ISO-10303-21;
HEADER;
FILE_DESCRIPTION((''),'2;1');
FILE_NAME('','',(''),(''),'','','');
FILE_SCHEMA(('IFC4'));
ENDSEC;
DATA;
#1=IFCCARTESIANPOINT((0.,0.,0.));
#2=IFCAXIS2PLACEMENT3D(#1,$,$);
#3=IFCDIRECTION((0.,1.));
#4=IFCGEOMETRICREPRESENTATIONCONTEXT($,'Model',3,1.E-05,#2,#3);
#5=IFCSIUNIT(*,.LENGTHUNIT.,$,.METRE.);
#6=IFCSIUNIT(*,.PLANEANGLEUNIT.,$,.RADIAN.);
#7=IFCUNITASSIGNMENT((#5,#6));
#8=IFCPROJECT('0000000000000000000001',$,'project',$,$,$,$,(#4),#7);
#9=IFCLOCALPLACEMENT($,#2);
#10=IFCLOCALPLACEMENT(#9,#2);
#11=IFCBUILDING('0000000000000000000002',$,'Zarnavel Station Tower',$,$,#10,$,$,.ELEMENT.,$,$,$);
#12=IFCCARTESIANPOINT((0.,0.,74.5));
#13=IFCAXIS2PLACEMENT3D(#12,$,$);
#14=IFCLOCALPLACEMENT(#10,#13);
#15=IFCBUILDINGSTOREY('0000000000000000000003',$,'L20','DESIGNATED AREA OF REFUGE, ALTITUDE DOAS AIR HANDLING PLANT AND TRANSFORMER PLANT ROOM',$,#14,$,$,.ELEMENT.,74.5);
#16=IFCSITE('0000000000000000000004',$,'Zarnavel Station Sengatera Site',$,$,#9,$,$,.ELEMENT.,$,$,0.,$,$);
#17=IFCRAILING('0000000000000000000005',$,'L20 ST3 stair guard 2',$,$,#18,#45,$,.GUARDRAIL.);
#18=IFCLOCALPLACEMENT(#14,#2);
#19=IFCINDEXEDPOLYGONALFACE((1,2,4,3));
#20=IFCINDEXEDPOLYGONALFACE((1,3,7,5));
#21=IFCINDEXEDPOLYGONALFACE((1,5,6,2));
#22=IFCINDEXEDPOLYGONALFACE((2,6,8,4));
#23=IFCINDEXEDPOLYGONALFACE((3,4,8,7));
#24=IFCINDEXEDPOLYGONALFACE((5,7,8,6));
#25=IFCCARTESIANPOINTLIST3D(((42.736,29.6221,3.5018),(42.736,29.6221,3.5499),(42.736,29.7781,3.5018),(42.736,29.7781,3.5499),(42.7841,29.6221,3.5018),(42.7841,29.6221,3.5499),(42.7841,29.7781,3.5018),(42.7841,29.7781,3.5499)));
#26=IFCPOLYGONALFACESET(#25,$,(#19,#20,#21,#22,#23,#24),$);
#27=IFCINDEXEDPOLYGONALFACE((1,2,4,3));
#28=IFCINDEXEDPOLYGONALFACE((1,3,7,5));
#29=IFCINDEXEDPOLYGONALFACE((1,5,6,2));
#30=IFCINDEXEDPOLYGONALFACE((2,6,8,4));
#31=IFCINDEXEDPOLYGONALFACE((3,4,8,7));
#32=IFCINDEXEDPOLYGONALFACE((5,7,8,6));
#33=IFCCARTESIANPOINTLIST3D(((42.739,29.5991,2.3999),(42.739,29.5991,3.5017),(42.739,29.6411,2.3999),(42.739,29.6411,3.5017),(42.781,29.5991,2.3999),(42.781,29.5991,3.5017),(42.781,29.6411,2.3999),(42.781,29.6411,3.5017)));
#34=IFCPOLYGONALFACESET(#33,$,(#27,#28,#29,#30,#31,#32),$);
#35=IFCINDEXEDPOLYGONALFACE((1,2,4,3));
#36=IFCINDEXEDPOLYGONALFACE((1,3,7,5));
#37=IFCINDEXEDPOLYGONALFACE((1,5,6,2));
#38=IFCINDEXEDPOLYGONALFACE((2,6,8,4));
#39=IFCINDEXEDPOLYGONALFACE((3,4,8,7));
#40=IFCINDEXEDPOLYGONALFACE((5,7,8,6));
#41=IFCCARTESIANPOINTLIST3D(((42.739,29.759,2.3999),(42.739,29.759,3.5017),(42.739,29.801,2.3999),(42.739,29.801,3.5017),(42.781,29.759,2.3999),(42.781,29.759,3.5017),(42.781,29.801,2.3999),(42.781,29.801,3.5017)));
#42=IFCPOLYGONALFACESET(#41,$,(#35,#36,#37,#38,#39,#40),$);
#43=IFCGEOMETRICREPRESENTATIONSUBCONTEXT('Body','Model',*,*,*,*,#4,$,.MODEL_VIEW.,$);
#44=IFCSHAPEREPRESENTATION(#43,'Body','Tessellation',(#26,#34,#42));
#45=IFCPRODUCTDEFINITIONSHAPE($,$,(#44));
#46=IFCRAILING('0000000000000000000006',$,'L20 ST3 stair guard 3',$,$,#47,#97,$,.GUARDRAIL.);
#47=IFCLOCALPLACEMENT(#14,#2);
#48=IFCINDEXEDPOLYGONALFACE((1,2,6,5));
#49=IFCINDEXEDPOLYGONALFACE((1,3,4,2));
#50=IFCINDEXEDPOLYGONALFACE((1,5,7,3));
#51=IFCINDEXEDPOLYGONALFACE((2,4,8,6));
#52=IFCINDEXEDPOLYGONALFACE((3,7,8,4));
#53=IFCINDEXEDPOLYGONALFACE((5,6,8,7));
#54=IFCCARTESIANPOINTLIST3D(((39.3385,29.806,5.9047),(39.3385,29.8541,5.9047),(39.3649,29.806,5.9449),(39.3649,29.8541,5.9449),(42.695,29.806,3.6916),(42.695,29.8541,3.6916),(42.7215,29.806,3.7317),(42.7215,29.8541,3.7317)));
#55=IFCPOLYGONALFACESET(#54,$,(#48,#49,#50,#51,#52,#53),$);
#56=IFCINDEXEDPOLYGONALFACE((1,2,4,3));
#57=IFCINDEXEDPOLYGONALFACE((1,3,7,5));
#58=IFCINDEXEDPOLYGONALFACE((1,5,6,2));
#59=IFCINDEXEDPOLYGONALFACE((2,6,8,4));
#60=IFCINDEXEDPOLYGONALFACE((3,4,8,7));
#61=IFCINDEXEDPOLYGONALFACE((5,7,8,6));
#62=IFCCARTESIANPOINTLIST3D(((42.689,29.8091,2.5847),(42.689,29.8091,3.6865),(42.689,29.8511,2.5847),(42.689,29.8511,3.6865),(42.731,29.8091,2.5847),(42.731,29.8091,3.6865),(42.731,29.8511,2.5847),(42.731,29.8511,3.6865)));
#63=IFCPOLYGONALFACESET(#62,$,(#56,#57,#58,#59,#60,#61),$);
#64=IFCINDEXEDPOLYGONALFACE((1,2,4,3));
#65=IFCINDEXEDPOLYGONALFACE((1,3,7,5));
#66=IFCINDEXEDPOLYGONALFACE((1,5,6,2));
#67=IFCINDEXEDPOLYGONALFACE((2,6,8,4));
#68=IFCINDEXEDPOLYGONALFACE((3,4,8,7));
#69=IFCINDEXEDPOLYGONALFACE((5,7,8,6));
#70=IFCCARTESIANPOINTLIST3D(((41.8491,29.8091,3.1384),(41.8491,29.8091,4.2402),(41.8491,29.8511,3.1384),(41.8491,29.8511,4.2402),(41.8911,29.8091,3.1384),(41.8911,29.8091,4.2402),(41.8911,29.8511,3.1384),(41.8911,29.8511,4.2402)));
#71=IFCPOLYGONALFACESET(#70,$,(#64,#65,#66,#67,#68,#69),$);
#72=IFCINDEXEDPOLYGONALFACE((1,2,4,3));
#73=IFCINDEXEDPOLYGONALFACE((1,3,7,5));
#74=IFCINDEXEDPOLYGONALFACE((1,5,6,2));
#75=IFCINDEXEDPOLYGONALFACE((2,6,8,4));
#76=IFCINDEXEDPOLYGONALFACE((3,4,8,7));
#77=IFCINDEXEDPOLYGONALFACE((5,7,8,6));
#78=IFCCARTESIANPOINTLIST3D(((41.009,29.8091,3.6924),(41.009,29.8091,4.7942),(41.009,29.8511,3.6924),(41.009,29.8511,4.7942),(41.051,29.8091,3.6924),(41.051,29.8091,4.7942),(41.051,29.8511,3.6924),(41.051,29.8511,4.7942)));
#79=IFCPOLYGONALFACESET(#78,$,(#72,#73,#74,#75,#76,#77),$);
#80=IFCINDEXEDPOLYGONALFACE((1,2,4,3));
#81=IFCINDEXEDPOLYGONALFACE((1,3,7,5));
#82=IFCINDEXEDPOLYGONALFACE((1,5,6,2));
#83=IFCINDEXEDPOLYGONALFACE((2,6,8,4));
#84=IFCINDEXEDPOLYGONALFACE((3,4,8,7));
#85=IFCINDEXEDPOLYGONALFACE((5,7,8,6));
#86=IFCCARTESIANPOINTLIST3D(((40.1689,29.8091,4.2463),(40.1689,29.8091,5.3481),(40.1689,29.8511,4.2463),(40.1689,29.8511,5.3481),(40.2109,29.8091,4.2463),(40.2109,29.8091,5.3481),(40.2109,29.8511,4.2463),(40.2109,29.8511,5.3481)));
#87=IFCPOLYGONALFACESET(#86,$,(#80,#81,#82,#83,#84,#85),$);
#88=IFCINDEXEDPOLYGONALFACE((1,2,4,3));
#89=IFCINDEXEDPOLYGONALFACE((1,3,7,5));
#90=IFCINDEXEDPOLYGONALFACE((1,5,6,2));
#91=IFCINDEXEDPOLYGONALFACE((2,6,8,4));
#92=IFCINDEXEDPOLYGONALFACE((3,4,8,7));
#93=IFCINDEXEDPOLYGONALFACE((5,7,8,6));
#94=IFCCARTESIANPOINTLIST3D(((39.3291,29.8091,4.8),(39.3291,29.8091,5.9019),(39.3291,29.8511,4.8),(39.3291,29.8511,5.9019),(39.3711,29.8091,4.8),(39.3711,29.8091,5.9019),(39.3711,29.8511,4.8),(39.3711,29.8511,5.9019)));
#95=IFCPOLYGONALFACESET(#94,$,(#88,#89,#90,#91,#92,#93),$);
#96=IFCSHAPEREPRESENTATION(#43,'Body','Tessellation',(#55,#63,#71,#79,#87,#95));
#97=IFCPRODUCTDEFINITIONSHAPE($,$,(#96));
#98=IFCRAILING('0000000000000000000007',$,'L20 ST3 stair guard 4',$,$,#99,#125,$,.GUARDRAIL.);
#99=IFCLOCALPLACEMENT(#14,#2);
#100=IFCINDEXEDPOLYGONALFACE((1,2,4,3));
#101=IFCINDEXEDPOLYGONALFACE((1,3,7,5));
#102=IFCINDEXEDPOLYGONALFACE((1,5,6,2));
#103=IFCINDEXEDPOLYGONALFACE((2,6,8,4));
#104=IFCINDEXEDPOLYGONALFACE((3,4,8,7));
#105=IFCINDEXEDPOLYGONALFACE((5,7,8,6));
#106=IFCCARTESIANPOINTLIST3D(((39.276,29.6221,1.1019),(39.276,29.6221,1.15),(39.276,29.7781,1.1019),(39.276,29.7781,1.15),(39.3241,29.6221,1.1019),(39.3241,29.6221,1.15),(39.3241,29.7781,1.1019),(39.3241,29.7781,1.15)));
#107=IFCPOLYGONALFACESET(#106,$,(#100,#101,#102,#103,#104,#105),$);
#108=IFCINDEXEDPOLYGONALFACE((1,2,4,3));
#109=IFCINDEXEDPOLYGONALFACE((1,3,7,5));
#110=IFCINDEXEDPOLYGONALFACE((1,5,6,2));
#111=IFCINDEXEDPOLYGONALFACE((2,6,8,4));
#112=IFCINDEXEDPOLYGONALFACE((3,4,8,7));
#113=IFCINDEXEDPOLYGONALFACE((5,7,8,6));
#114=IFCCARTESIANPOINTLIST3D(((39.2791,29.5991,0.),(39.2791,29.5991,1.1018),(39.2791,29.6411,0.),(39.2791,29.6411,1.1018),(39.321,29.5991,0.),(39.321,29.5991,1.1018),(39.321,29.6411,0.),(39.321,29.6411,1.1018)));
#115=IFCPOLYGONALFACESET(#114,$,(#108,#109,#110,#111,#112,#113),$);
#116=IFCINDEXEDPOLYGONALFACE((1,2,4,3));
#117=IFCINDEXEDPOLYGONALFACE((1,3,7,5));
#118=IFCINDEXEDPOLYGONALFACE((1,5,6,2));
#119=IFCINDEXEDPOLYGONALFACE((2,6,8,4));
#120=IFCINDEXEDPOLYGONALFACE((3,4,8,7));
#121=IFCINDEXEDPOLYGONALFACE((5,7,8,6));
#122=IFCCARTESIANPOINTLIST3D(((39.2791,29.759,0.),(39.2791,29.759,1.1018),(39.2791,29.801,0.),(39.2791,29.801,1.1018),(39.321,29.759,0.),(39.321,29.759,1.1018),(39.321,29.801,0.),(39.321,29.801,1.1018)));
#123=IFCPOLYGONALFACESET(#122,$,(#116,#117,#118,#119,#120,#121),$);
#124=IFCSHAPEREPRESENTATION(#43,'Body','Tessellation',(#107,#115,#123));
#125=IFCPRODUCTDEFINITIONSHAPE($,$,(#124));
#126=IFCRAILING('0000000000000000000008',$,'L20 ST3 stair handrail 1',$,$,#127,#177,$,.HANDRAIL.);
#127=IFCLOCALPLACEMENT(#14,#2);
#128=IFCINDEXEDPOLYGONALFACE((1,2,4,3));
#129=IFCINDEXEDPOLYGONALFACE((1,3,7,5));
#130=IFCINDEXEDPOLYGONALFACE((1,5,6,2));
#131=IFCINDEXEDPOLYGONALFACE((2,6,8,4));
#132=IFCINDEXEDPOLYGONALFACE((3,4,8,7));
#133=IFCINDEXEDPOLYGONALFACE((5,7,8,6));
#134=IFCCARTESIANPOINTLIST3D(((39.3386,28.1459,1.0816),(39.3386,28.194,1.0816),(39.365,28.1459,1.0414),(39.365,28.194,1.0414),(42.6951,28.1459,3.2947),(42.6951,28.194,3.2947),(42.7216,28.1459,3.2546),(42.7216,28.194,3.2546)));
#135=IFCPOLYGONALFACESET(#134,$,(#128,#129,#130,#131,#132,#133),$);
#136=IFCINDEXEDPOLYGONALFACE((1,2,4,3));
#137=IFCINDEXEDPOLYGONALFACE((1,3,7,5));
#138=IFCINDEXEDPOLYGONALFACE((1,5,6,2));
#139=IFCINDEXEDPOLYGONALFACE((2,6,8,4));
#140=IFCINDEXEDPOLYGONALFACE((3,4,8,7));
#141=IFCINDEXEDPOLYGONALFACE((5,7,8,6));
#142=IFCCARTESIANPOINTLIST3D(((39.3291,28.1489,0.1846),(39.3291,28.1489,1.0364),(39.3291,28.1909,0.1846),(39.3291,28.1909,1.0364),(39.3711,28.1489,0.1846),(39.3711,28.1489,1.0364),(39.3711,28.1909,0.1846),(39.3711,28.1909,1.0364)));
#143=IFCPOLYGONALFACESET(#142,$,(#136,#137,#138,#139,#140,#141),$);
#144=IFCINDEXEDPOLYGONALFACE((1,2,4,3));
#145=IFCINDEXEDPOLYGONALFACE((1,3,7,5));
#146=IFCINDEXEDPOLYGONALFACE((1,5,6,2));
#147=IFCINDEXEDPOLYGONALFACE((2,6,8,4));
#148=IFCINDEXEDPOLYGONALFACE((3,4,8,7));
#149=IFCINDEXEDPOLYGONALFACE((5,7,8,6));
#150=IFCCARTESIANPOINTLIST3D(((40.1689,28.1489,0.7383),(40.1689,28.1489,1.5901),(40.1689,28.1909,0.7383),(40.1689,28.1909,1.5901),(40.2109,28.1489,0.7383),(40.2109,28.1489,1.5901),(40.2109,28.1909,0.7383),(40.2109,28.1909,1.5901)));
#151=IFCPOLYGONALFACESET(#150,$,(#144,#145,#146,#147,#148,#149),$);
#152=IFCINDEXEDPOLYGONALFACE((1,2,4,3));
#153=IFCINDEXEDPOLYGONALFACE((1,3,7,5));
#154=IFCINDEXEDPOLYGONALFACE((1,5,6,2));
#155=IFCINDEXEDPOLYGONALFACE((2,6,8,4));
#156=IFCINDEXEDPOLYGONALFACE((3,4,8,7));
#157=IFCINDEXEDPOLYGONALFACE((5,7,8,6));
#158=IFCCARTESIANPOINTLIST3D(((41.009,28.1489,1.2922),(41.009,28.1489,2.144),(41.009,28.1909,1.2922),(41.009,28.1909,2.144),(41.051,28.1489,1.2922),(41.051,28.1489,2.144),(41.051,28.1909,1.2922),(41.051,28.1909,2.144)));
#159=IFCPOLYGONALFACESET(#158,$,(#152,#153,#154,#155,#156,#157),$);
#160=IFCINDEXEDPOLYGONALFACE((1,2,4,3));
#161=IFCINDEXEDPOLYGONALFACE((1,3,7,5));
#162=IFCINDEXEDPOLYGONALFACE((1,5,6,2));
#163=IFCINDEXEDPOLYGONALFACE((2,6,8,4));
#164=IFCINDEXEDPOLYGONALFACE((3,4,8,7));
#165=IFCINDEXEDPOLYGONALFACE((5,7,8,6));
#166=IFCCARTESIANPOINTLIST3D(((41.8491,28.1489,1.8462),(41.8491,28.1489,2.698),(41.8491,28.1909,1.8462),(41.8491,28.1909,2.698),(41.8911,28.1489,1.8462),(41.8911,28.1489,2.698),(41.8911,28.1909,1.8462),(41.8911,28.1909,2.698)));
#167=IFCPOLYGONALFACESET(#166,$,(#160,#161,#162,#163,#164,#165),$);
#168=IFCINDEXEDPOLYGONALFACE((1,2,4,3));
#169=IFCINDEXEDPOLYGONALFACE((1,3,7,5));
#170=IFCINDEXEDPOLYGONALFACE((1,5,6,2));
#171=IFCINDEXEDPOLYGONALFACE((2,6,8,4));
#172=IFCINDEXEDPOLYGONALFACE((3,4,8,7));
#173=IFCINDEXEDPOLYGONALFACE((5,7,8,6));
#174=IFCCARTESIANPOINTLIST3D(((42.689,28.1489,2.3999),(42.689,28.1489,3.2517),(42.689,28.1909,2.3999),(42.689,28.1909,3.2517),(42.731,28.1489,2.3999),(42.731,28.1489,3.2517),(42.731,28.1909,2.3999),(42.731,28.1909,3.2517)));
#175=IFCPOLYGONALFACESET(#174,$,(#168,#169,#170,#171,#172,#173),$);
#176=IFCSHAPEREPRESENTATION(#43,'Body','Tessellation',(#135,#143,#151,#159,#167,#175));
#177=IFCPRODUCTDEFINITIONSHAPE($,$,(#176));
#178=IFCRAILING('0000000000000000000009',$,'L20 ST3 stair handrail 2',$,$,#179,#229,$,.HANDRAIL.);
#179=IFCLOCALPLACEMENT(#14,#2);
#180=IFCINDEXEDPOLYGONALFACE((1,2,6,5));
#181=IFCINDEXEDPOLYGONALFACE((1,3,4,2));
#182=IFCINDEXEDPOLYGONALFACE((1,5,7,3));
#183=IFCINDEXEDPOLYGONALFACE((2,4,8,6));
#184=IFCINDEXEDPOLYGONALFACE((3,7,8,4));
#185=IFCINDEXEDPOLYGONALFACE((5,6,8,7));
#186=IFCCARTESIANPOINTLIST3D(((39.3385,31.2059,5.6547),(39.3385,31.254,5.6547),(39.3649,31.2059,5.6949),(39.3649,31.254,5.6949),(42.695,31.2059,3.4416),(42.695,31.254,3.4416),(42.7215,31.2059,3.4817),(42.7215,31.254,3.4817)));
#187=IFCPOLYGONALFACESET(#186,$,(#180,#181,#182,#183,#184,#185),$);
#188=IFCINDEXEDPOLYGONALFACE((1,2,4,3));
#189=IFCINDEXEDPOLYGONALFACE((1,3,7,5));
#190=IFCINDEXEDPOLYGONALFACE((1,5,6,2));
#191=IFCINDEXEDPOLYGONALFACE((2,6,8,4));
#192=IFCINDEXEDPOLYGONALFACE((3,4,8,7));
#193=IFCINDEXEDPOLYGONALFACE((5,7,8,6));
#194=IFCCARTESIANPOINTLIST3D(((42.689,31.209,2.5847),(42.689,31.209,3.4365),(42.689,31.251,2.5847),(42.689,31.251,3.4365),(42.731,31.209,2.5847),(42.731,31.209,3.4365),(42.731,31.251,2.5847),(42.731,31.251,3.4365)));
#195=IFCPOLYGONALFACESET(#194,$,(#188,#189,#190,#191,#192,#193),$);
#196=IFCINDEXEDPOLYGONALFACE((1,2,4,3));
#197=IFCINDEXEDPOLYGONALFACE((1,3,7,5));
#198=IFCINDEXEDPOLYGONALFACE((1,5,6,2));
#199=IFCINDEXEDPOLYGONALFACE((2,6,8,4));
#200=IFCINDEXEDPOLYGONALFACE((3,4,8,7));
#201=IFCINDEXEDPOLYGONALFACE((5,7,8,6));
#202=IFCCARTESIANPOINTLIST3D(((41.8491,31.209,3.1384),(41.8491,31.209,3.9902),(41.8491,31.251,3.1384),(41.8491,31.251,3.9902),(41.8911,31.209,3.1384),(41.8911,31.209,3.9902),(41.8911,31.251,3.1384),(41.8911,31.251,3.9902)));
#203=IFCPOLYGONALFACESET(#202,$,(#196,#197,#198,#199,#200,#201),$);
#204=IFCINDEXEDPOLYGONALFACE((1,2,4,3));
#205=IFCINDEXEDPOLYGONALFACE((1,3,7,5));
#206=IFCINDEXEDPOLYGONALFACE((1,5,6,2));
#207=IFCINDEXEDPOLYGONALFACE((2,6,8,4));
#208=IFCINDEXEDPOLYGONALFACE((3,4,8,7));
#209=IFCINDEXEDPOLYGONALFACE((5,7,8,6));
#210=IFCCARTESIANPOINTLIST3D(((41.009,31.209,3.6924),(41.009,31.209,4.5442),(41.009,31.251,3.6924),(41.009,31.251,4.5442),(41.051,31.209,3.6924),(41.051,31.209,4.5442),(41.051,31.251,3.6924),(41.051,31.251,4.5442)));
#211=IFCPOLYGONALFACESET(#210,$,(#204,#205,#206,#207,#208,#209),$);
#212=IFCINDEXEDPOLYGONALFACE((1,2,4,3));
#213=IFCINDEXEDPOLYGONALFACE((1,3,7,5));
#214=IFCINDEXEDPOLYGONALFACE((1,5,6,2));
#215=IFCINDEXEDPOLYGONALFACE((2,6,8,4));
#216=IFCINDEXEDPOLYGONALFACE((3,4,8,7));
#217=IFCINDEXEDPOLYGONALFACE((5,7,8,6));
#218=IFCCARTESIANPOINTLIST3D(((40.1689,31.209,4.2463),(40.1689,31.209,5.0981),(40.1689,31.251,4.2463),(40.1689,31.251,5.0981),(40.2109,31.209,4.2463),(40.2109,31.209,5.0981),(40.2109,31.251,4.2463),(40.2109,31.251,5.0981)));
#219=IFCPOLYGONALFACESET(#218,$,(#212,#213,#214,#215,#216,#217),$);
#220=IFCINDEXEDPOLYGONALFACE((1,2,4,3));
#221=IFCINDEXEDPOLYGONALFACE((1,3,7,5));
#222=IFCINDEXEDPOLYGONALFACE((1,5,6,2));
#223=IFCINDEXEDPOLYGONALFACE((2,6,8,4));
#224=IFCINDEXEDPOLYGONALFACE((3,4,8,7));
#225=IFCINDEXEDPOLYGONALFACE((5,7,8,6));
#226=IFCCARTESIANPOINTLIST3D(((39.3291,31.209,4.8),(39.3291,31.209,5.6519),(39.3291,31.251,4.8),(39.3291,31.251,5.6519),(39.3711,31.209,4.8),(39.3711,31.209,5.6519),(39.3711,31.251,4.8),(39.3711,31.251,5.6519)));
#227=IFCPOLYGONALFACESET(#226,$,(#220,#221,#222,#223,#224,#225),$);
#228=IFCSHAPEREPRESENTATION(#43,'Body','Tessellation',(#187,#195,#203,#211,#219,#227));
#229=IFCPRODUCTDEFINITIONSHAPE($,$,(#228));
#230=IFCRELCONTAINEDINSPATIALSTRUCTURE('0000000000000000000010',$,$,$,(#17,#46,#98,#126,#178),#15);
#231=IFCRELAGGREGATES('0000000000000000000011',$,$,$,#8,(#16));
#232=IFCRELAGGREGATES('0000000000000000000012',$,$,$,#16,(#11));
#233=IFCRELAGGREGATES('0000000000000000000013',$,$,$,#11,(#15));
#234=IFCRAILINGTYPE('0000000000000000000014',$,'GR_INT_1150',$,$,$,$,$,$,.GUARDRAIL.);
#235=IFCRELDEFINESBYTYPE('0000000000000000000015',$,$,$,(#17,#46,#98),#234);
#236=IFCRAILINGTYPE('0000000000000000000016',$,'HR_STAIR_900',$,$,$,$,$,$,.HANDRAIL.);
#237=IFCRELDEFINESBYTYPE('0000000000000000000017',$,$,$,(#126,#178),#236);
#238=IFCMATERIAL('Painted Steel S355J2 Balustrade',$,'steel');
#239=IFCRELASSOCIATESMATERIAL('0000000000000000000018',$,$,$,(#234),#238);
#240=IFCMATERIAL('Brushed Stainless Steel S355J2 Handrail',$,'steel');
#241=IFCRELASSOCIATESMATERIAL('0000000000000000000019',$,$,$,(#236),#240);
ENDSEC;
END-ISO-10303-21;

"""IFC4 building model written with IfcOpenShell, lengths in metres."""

from ifc_helpers import new_model, si_unit, direction, frame, origin, origin_2d, place, context, subcontext, project, spatial, rectangle, extrude, material, type_object, element, save


model = new_model("IFC4")

# Units and contexts
model_context = context("Model", 3, precision=1e-05, world=origin(), true_north=direction((0.0, 1.0)))
body_context = subcontext(model_context, "Body", "Model", "MODEL_VIEW")
ifc_project = project(units=[si_unit("LENGTHUNIT", "METRE"), si_unit("PLANEANGLEUNIT", "RADIAN")], contexts=[model_context])

# Site, building, storey
site_placement = place(None, origin())
site = spatial("IfcSite", under=ifc_project, at=site_placement, Name="Zarnavel Station Sengatera Site", CompositionType="ELEMENT", RefElevation=0.0)
building_placement = place(site_placement, origin())
building = spatial("IfcBuilding", under=site, at=building_placement, Name="Zarnavel Station Tower", CompositionType="ELEMENT")
storey_placement = place(building_placement, frame((0.0, 0.0, 74.5)))
storey = spatial("IfcBuildingStorey", under=building, at=storey_placement, Name="L20", Description="DESIGNATED AREA OF REFUGE, ALTITUDE DOAS AIR HANDLING PLANT AND TRANSFORMER PLANT ROOM", CompositionType="ELEMENT", Elevation=74.5)

# Railings
ifc_material_1 = material(Name="Painted Steel S355J2 Balustrade", Category="steel")
railing_type_1 = type_object("IfcRailingType", Name="GR_INT_1150", PredefinedType="GUARDRAIL", material=ifc_material_1)
railing_1_placement = place(storey_placement, frame((42.76, 29.6201, 2.3999)))
element("IfcRailing", 1, at=railing_1_placement, inside=storey, type_object=railing_type_1, Name="L20 ST3 stair guard 2", PredefinedType="GUARDRAIL", context=body_context, shape_type="SweptSolid", body=[
    extrude(rectangle(XDim=0.0481, YDim=0.0481, at=origin_2d()), frame((0.0, 0.002, 1.126), z_axis=(0.0, 1.0, 0.0), x_axis=(-1.0, 0.0, 0.0)), (0.0, 0.0, 1.0), 0.156),
    extrude(rectangle(XDim=0.042, YDim=0.042, at=origin_2d()), origin(), (0.0, 0.0, 1.0), 1.1018),
    extrude(rectangle(XDim=0.042, YDim=0.042, at=origin_2d()), frame((0.0, 0.1599, 0.0)), (0.0, 0.0, 1.0), 1.1018),
])
railing_2_placement = place(storey_placement, frame((42.71, 29.8301, 2.5847)))
element("IfcRailing", 2, at=railing_2_placement, inside=storey, type_object=railing_type_1, Name="L20 ST3 stair guard 3", PredefinedType="GUARDRAIL", context=body_context, shape_type="SweptSolid", body=[
    extrude(rectangle(XDim=0.0481, YDim=0.0481, at=origin_2d()), frame((-0.0017, 0.0, 1.127), z_axis=(-0.834858, 0.0, 0.550465), x_axis=(0.0, -1.0, 0.0)), (0.0, 0.0, 1.0), 4.0205),
    extrude(rectangle(XDim=0.042, YDim=0.042, at=origin_2d()), origin(), (0.0, 0.0, 1.0), 1.1018),
    extrude(rectangle(XDim=0.042, YDim=0.042, at=origin_2d()), frame((-0.8398, 0.0, 0.5537)), (0.0, 0.0, 1.0), 1.1018),
    extrude(rectangle(XDim=0.042, YDim=0.042, at=origin_2d()), frame((-1.6799, 0.0, 1.1077)), (0.0, 0.0, 1.0), 1.1018),
    extrude(rectangle(XDim=0.042, YDim=0.042, at=origin_2d()), frame((-2.52, 0.0, 1.6616)), (0.0, 0.0, 1.0), 1.1018),
    extrude(rectangle(XDim=0.042, YDim=0.042, at=origin_2d()), frame((-3.3599, 0.0, 2.2153)), (0.0, 0.0, 1.0), 1.1018),
])
railing_3_placement = place(storey_placement, frame((39.3, 29.6201, 0.0)))
element("IfcRailing", 3, at=railing_3_placement, inside=storey, type_object=railing_type_1, Name="L20 ST3 stair guard 4", PredefinedType="GUARDRAIL", context=body_context, shape_type="SweptSolid", body=[
    extrude(rectangle(XDim=0.0481, YDim=0.0481, at=origin_2d()), frame((0.0, 0.002, 1.126), z_axis=(0.0, 1.0, 0.0), x_axis=(-1.0, 0.0, 0.0)), (0.0, 0.0, 1.0), 0.156),
    extrude(rectangle(XDim=0.042, YDim=0.042, at=origin_2d()), origin(), (0.0, 0.0, 1.0), 1.1018),
    extrude(rectangle(XDim=0.042, YDim=0.042, at=origin_2d()), frame((0.0, 0.1599, 0.0)), (0.0, 0.0, 1.0), 1.1018),
])
ifc_material_2 = material(Name="Brushed Stainless Steel S355J2 Handrail", Category="steel")
railing_type_2 = type_object("IfcRailingType", Name="HR_STAIR_900", PredefinedType="HANDRAIL", material=ifc_material_2)
railing_4_placement = place(storey_placement, frame((39.3501, 28.1699, 0.1846)))
element("IfcRailing", 4, at=railing_4_placement, inside=storey, type_object=railing_type_2, Name="L20 ST3 stair handrail 1", PredefinedType="HANDRAIL", context=body_context, shape_type="SweptSolid", body=[
    extrude(rectangle(XDim=0.0481, YDim=0.0481, at=origin_2d()), frame((0.0017, 0.0, 0.877), z_axis=(0.834858, 0.0, 0.550465), x_axis=(0.0, 1.0, 0.0)), (0.0, 0.0, 1.0), 4.0205),
    extrude(rectangle(XDim=0.042, YDim=0.042, at=origin_2d()), origin(), (0.0, 0.0, 1.0), 0.8518),
    extrude(rectangle(XDim=0.042, YDim=0.042, at=origin_2d()), frame((0.8398, 0.0, 0.5537)), (0.0, 0.0, 1.0), 0.8518),
    extrude(rectangle(XDim=0.042, YDim=0.042, at=origin_2d()), frame((1.6799, 0.0, 1.1077)), (0.0, 0.0, 1.0), 0.8518),
    extrude(rectangle(XDim=0.042, YDim=0.042, at=origin_2d()), frame((2.52, 0.0, 1.6616)), (0.0, 0.0, 1.0), 0.8518),
    extrude(rectangle(XDim=0.042, YDim=0.042, at=origin_2d()), frame((3.3599, 0.0, 2.2153)), (0.0, 0.0, 1.0), 0.8518),
])
railing_5_placement = place(storey_placement, frame((42.71, 31.23, 2.5847)))
element("IfcRailing", 5, at=railing_5_placement, inside=storey, type_object=railing_type_2, Name="L20 ST3 stair handrail 2", PredefinedType="HANDRAIL", context=body_context, shape_type="SweptSolid", body=[
    extrude(rectangle(XDim=0.0481, YDim=0.0481, at=origin_2d()), frame((-0.0017, 0.0, 0.877), z_axis=(-0.834858, 0.0, 0.550465), x_axis=(0.0, -1.0, 0.0)), (0.0, 0.0, 1.0), 4.0205),
    extrude(rectangle(XDim=0.042, YDim=0.042, at=origin_2d()), origin(), (0.0, 0.0, 1.0), 0.8518),
    extrude(rectangle(XDim=0.042, YDim=0.042, at=origin_2d()), frame((-0.8398, 0.0, 0.5537)), (0.0, 0.0, 1.0), 0.8518),
    extrude(rectangle(XDim=0.042, YDim=0.042, at=origin_2d()), frame((-1.6799, 0.0, 1.1077)), (0.0, 0.0, 1.0), 0.8518),
    extrude(rectangle(XDim=0.042, YDim=0.042, at=origin_2d()), frame((-2.52, 0.0, 1.6616)), (0.0, 0.0, 1.0), 0.8518),
    extrude(rectangle(XDim=0.042, YDim=0.042, at=origin_2d()), frame((-3.3599, 0.0, 2.2153)), (0.0, 0.0, 1.0), 0.8518),
])

save(model, "model.ifc")
